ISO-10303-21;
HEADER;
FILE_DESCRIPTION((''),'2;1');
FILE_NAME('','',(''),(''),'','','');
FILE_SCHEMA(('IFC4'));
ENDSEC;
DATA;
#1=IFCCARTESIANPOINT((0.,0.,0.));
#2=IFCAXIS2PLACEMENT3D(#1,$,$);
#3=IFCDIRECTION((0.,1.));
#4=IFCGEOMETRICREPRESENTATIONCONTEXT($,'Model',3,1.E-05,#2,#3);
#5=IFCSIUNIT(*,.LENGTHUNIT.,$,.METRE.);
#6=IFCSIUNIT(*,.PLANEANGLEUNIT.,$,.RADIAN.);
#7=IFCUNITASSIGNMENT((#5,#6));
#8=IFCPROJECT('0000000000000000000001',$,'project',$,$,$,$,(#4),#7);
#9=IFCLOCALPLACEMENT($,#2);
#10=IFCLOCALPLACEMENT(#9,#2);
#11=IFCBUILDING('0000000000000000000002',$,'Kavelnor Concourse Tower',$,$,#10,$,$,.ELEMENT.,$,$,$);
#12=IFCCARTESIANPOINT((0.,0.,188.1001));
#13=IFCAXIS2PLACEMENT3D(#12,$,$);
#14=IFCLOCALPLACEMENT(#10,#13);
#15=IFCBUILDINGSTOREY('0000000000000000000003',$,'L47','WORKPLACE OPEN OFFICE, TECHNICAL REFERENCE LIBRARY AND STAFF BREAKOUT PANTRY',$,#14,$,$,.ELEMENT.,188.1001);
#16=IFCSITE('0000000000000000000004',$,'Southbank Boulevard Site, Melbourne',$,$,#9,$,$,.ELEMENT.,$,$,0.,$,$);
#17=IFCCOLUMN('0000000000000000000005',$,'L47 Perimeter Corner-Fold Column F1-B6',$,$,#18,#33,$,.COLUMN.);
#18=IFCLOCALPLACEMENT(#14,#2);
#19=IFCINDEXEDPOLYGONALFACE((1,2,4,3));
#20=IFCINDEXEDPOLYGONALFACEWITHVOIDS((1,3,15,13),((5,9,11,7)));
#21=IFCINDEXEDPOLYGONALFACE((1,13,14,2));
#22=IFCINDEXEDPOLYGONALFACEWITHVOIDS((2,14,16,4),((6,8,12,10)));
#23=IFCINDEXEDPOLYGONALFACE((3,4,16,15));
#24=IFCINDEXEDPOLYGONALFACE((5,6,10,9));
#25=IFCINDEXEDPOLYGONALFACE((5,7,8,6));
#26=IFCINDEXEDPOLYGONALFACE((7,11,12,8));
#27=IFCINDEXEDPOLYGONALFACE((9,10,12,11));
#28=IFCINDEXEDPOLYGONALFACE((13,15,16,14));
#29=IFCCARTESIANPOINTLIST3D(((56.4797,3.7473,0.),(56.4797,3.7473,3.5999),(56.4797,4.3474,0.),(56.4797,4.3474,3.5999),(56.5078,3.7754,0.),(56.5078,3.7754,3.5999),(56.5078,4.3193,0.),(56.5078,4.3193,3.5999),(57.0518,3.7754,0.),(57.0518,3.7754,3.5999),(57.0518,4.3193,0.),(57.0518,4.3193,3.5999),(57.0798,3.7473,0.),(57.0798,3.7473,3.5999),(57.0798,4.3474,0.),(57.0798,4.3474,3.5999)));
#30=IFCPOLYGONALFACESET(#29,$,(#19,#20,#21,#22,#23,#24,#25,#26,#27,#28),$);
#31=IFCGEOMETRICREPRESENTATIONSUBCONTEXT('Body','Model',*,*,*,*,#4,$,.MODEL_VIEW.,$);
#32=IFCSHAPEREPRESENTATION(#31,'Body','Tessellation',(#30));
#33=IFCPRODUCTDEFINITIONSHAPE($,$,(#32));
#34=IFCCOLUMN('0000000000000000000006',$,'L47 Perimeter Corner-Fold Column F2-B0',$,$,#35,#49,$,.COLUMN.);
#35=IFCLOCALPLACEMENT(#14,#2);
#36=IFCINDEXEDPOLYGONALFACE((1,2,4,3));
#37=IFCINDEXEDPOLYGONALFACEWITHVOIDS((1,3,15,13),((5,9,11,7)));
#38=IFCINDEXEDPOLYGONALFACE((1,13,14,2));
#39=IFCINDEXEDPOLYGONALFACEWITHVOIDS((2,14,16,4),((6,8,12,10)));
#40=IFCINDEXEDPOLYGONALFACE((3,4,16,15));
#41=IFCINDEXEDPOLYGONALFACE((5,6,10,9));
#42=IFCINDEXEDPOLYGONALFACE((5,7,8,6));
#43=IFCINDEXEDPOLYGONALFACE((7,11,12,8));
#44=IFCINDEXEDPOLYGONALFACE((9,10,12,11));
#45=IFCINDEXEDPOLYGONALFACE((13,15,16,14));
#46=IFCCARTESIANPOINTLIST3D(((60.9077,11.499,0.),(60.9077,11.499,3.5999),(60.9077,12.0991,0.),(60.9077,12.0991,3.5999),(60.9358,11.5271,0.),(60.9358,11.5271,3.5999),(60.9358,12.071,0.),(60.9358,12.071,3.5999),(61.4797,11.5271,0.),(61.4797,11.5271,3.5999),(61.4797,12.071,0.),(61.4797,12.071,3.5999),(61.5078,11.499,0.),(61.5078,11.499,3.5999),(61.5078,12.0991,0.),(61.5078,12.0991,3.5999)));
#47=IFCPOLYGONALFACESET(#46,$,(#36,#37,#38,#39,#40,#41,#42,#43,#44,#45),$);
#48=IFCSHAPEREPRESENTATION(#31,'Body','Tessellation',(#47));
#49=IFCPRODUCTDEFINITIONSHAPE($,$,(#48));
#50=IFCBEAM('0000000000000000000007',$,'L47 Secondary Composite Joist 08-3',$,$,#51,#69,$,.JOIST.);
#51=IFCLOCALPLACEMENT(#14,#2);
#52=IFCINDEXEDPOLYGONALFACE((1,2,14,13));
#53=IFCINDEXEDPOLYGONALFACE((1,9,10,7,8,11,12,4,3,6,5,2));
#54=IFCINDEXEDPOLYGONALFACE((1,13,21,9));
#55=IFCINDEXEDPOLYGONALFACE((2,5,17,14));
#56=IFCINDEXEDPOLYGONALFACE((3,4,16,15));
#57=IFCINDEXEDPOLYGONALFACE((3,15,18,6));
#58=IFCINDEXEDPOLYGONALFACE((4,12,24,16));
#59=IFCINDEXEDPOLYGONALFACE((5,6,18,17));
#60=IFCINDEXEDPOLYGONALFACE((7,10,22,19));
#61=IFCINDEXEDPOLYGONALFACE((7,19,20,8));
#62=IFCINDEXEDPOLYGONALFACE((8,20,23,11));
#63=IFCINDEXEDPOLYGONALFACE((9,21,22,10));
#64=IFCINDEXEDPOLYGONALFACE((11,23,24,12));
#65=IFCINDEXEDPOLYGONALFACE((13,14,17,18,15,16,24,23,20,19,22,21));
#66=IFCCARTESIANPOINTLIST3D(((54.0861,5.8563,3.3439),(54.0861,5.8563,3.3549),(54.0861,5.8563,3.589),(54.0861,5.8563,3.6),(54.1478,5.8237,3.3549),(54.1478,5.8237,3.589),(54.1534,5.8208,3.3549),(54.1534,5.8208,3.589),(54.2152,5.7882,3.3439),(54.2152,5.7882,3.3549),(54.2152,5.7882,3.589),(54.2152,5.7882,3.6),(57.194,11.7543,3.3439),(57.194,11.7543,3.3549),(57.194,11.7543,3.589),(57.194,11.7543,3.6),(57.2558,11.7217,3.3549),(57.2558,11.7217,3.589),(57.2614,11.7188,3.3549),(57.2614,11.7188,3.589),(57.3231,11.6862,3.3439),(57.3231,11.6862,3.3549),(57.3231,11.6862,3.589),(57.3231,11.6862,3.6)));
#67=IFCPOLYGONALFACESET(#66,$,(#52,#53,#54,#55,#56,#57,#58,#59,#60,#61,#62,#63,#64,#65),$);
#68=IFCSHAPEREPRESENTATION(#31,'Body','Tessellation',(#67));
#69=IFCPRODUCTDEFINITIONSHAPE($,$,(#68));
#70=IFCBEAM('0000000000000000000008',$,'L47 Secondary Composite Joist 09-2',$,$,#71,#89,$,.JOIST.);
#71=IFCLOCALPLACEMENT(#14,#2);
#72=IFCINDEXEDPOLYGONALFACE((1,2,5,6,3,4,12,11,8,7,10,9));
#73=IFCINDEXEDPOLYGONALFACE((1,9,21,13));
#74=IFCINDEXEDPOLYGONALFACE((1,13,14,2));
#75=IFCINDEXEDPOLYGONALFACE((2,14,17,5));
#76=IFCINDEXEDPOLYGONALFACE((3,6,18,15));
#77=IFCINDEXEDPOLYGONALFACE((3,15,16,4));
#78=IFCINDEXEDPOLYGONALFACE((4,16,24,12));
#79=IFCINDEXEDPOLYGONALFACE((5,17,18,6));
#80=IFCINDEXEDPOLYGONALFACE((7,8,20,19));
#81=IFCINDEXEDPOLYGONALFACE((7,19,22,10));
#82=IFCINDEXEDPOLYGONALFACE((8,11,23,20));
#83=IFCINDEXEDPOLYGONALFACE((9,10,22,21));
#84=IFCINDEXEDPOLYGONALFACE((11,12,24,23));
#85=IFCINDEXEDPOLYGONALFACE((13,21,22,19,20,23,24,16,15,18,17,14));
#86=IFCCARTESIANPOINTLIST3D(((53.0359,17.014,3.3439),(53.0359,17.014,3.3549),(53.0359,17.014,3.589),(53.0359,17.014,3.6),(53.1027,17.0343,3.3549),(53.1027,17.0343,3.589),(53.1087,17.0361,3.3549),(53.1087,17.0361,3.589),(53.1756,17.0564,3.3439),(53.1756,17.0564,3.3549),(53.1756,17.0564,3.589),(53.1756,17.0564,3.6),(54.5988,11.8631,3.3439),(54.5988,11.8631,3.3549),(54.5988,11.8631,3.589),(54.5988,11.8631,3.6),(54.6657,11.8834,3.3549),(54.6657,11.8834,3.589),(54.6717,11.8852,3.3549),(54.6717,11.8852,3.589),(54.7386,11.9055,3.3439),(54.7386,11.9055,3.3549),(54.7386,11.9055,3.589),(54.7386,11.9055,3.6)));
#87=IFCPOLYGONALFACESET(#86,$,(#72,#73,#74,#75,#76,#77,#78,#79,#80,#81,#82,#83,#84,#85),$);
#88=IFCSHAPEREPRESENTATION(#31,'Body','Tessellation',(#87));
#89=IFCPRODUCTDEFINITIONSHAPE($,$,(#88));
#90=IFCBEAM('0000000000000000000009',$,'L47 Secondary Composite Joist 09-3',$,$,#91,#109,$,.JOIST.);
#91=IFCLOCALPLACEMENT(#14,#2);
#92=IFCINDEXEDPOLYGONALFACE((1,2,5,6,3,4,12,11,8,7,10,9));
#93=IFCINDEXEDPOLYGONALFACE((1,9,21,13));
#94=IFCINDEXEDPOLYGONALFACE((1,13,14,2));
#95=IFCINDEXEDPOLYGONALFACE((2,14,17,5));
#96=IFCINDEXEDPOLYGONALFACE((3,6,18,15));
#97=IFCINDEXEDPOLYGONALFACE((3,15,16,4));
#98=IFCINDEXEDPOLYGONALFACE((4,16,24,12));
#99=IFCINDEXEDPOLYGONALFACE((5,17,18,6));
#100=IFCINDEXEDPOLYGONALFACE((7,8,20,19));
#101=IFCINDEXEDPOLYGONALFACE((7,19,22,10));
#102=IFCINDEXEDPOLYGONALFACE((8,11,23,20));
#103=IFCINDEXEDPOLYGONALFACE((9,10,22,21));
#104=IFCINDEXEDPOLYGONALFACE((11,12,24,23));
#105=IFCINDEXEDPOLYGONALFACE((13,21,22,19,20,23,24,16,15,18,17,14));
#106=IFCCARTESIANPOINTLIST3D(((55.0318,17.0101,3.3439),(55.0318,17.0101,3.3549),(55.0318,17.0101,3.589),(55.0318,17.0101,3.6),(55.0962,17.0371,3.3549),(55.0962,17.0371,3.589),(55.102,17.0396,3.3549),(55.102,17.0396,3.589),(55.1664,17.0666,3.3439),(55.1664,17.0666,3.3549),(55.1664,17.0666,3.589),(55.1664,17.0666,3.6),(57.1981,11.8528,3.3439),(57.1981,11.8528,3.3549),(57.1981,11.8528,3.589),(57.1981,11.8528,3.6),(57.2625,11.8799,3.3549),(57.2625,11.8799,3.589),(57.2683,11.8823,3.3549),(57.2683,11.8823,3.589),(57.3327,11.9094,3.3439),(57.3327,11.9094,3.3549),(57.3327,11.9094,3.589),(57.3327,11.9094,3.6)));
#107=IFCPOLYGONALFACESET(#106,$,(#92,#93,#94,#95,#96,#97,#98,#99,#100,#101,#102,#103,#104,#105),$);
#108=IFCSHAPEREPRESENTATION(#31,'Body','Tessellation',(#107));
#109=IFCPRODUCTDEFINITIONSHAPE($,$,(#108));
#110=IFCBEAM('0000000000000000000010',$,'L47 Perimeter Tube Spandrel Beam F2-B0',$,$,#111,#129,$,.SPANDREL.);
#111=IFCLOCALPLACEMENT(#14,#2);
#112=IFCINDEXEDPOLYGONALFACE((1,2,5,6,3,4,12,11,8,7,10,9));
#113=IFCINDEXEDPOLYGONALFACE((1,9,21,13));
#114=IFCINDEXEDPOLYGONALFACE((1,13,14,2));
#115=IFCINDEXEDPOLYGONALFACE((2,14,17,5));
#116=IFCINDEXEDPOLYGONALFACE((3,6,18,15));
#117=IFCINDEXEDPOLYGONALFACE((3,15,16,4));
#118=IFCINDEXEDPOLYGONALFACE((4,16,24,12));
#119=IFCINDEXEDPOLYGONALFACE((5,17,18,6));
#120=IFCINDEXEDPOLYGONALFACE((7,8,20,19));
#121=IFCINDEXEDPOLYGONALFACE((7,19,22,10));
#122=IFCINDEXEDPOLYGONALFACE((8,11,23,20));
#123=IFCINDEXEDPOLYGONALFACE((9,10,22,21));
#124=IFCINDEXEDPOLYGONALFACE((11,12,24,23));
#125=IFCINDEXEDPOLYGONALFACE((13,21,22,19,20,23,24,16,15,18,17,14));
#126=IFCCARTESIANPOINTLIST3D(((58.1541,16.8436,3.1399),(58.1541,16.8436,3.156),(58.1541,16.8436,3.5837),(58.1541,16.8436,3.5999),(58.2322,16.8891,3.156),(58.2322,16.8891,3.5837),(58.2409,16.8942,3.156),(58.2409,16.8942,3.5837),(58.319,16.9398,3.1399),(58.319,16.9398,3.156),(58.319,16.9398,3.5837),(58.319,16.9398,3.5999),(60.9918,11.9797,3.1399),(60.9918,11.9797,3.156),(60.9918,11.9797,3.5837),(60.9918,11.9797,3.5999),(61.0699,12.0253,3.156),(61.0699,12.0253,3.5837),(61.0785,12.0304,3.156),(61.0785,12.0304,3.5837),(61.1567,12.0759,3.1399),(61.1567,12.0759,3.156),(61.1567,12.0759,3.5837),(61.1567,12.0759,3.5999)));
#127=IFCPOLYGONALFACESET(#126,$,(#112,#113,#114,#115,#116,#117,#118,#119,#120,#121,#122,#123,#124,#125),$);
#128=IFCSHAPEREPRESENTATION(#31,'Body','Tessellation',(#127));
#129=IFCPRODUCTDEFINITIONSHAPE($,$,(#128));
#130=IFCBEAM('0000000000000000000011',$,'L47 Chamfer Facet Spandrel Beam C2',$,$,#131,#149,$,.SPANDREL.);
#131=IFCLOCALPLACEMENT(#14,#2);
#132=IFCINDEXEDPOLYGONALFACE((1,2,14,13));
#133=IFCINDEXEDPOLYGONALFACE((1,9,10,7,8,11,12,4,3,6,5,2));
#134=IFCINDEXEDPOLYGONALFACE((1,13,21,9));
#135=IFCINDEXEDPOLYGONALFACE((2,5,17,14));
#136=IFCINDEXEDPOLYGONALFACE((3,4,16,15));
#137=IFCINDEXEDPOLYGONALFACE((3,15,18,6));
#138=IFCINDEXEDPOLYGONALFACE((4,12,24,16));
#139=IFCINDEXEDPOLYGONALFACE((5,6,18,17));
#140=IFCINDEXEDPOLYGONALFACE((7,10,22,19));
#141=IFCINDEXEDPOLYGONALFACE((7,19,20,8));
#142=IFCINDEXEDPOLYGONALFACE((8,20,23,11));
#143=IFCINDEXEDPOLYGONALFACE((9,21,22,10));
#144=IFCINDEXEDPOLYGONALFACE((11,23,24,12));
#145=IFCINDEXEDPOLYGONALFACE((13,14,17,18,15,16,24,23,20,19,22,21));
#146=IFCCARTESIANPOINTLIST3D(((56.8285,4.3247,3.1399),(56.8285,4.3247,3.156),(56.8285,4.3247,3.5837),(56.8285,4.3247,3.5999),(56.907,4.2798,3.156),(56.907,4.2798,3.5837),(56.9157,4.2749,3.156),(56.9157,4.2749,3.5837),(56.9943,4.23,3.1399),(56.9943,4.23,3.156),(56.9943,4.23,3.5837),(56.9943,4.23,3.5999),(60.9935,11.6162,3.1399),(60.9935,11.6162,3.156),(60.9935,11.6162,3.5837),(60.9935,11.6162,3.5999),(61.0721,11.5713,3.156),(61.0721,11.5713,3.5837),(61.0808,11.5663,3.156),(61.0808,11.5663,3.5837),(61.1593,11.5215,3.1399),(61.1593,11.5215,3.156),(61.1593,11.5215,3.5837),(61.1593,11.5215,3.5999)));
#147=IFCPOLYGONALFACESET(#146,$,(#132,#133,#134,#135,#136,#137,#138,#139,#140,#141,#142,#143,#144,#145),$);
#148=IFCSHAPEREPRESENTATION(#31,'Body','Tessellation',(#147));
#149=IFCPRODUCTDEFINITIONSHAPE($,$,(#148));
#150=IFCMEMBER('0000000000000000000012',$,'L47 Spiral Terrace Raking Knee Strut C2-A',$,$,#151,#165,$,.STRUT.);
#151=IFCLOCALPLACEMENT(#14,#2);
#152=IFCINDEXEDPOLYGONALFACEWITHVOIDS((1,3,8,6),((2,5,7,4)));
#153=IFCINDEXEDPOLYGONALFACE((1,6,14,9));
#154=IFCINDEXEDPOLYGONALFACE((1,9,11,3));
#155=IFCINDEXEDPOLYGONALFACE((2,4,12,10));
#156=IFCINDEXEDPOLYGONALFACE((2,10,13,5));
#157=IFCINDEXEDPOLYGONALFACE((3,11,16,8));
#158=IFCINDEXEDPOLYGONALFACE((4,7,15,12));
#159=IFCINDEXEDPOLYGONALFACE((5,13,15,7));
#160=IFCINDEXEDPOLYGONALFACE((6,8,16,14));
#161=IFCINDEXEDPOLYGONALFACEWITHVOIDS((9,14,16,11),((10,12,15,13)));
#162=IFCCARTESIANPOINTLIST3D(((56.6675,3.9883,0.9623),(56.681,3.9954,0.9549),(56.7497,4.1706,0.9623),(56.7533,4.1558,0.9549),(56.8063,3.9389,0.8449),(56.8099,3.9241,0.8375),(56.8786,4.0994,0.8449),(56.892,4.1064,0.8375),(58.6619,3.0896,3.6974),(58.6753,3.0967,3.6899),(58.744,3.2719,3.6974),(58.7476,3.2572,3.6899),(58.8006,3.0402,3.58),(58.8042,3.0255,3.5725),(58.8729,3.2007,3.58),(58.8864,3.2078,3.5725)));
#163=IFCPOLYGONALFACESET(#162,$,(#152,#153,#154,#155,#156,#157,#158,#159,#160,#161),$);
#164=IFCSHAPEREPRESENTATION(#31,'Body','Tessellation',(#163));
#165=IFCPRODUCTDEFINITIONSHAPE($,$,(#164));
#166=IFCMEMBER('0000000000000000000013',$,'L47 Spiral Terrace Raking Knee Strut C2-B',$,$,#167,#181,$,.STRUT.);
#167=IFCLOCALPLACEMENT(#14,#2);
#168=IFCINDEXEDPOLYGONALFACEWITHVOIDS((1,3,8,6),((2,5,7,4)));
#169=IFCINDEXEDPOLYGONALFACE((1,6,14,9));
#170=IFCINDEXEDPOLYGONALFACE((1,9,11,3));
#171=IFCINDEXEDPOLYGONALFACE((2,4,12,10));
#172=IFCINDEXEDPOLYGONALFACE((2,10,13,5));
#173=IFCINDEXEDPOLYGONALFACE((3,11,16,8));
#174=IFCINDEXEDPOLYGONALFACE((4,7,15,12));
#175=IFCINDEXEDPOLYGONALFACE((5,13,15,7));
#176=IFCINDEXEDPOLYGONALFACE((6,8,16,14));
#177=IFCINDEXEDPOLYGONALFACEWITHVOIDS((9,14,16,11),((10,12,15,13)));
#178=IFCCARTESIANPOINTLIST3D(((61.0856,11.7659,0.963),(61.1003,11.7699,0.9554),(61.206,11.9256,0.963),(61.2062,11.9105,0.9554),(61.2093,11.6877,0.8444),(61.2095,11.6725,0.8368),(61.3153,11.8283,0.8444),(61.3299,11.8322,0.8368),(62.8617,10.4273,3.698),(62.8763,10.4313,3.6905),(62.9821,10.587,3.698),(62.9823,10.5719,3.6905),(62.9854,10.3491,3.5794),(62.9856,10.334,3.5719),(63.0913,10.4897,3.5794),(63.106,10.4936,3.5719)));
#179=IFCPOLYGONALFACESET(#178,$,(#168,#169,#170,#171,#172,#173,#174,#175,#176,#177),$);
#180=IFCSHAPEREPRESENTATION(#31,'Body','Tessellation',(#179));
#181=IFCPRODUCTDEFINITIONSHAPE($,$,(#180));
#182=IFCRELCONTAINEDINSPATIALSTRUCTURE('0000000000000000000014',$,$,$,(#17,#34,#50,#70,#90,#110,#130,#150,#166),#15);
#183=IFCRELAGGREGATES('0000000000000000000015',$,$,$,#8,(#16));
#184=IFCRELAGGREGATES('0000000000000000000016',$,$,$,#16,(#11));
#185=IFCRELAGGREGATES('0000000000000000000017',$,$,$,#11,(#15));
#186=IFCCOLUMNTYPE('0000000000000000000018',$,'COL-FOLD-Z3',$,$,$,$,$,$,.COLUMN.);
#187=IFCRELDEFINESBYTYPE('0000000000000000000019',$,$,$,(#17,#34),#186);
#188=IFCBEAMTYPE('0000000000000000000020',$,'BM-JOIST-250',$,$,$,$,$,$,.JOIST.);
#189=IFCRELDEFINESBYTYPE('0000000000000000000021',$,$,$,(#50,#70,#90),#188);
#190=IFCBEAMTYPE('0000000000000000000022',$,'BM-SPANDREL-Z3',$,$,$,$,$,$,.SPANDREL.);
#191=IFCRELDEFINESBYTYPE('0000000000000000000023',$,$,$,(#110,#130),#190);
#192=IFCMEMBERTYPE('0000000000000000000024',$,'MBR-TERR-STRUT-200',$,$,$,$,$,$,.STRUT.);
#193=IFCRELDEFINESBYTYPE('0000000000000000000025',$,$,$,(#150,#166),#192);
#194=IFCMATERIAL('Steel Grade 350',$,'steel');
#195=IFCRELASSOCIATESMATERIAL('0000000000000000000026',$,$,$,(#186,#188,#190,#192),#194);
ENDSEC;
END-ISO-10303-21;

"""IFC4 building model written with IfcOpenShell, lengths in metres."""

from ifc_helpers import new_model, si_unit, direction, frame, origin, origin_2d, place, context, subcontext, project, spatial, hollow_rectangle, i_section, extrude, material, material_profile, profile_set, type_object, element, save


model = new_model("IFC4")

# Units and contexts
model_context = context("Model", 3, precision=1e-05, world=origin(), true_north=direction((0.0, 1.0)))
body_context = subcontext(model_context, "Body", "Model", "MODEL_VIEW")
ifc_project = project(units=[si_unit("LENGTHUNIT", "METRE"), si_unit("PLANEANGLEUNIT", "RADIAN")], contexts=[model_context])

# Site, building, storey
site_placement = place(None, origin())
site = spatial("IfcSite", under=ifc_project, at=site_placement, Name="Southbank Boulevard Site, Melbourne", CompositionType="ELEMENT", RefElevation=0.0)
building_placement = place(site_placement, origin())
building = spatial("IfcBuilding", under=site, at=building_placement, Name="Kavelnor Concourse Tower", CompositionType="ELEMENT")
storey_placement = place(building_placement, frame((0.0, 0.0, 188.1001)))
storey = spatial("IfcBuildingStorey", under=building, at=storey_placement, Name="L47", Description="WORKPLACE OPEN OFFICE, TECHNICAL REFERENCE LIBRARY AND STAFF BREAKOUT PANTRY", CompositionType="ELEMENT", Elevation=188.1001)

# Columns
ifc_material_1 = material(Name="Steel Grade 350", Category="steel")
ifc_material_profile_1 = material_profile(ifc_material_1, hollow_rectangle(XDim=0.6001, YDim=0.6001, WallThickness=0.0281, at=origin_2d()), Name="SHS 600x600x28")
ifc_profile_set_1 = profile_set([ifc_material_profile_1], Name="Steel Grade 350")
column_type = type_object("IfcColumnType", Name="COL-FOLD-Z3", PredefinedType="COLUMN", material=ifc_profile_set_1)
for number, where, z_axis, x_axis, name in (
    (1, (56.7798, 4.0474, 0.0), (0.0, 0.0, 1.0), (1.0, 0.0, 0.0), "L47 Perimeter Corner-Fold Column F1-B6"),
    (2, (61.2078, 11.7991, 0.0), (0.0, 0.0, 1.0), (1.0, 0.0, 0.0), "L47 Perimeter Corner-Fold Column F2-B0"),
):
    element("IfcColumn", number, at=place(storey_placement, frame(where, z_axis=z_axis, x_axis=x_axis)), inside=storey, type_object=column_type, Name=name, PredefinedType="COLUMN", context=body_context, shape_type="SweptSolid", body=[
        extrude(hollow_rectangle(XDim=0.6001, YDim=0.6001, WallThickness=0.0281, at=origin_2d()), origin(), (0.0, 0.0, 1.0), 3.5999),
    ])

# Beams
ifc_material_profile_2 = material_profile(ifc_material_1, i_section(OverallWidth=0.146, OverallDepth=0.2561, WebThickness=0.0063, FlangeThickness=0.011, at=origin_2d()), Name="250UB37")
ifc_profile_set_2 = profile_set([ifc_material_profile_2], Name="Steel Grade 350")
beam_type_1 = type_object("IfcBeamType", Name="BM-JOIST-250", PredefinedType="JOIST", material=ifc_profile_set_2)
beam_1_placement = place(storey_placement, frame((54.1506, 5.8223, 3.4719), z_axis=(0.466184, 0.884688, 0.0), x_axis=(-0.884688, 0.466184, 0.0)))
element("IfcBeam", 3, at=beam_1_placement, inside=storey, type_object=beam_type_1, Name="L47 Secondary Composite Joist 08-3", PredefinedType="JOIST", context=body_context, shape_type="SweptSolid", body=[
    extrude(i_section(OverallWidth=0.146, OverallDepth=0.2561, WebThickness=0.0063, FlangeThickness=0.011, at=origin_2d()), origin(), (0.0, 0.0, 1.0), 6.6667),
])
beam_2_placement = place(storey_placement, frame((54.6687, 11.8843, 3.4719), z_axis=(-0.290367, 0.956915, 0.0), x_axis=(-0.956915, -0.290367, 0.0)))
element("IfcBeam", 4, at=beam_2_placement, inside=storey, type_object=beam_type_1, Name="L47 Secondary Composite Joist 09-2", PredefinedType="JOIST", context=body_context, shape_type="SweptSolid", body=[
    extrude(i_section(OverallWidth=0.146, OverallDepth=0.2561, WebThickness=0.0063, FlangeThickness=0.011, at=origin_2d()), origin(), (0.0, 0.0, 1.0), 5.3828),
])
beam_3_placement = place(storey_placement, frame((57.2654, 11.8811, 3.4719), z_axis=(-0.387267, 0.921968, 0.0), x_axis=(-0.921968, -0.387267, 0.0)))
element("IfcBeam", 5, at=beam_3_placement, inside=storey, type_object=beam_type_1, Name="L47 Secondary Composite Joist 09-3", PredefinedType="JOIST", context=body_context, shape_type="SweptSolid", body=[
    extrude(i_section(OverallWidth=0.146, OverallDepth=0.2561, WebThickness=0.0063, FlangeThickness=0.011, at=origin_2d()), origin(), (0.0, 0.0, 1.0), 5.5938),
])
ifc_material_profile_3 = material_profile(ifc_material_1, i_section(OverallWidth=0.1909, OverallDepth=0.46, WebThickness=0.01, FlangeThickness=0.0161, at=origin_2d()), Name="460UB82")
ifc_profile_set_3 = profile_set([ifc_material_profile_3], Name="Steel Grade 350")
beam_type_2 = type_object("IfcBeamType", Name="BM-SPANDREL-Z3", PredefinedType="SPANDREL", material=ifc_profile_set_3)
beam_4_placement = place(storey_placement, frame((61.0742, 12.0278, 3.3699), z_axis=(-0.50393, 0.863744, 0.0), x_axis=(-0.863744, -0.50393, 0.0)))
element("IfcBeam", 6, at=beam_4_placement, inside=storey, type_object=beam_type_2, Name="L47 Perimeter Tube Spandrel Beam F2-B0", PredefinedType="SPANDREL", context=body_context, shape_type="SweptSolid", body=[
    extrude(i_section(OverallWidth=0.1909, OverallDepth=0.46, WebThickness=0.01, FlangeThickness=0.0161, at=origin_2d()), origin(), (0.0, 0.0, 1.0), 5.6311),
])
beam_5_placement = place(storey_placement, frame((56.9114, 4.2773, 3.3699), z_axis=(0.496001, 0.868322, 0.0), x_axis=(-0.868322, 0.496001, 0.0)))
element("IfcBeam", 7, at=beam_5_placement, inside=storey, type_object=beam_type_2, Name="L47 Chamfer Facet Spandrel Beam C2", PredefinedType="SPANDREL", context=body_context, shape_type="SweptSolid", body=[
    extrude(i_section(OverallWidth=0.1909, OverallDepth=0.46, WebThickness=0.01, FlangeThickness=0.0161, at=origin_2d()), origin(), (0.0, 0.0, 1.0), 8.3972),
])

# Members
ifc_material_profile_4 = material_profile(ifc_material_1, hollow_rectangle(XDim=0.2, YDim=0.2, WallThickness=0.012, at=origin_2d()), Name="SHS 200x200x12")
ifc_profile_set_4 = profile_set([ifc_material_profile_4], Name="Steel Grade 350")
member_type = type_object("IfcMemberType", Name="MBR-TERR-STRUT-200", PredefinedType="STRUT", material=ifc_profile_set_4)
member_1_placement = place(storey_placement, frame((56.7798, 4.0474, 0.8999), z_axis=(0.569452, -0.256599, 0.780949), x_axis=(0.410824, 0.911715, 0.0)))
element("IfcMember", 8, at=member_1_placement, inside=storey, type_object=member_type, Name="L47 Spiral Terrace Raking Knee Strut C2-A", PredefinedType="STRUT", context=body_context, shape_type="SweptSolid", body=[
    extrude(hollow_rectangle(XDim=0.2, YDim=0.2, WallThickness=0.012, at=origin_2d()), origin(), (0.0, 0.0, 1.0), 3.5022),
])
member_2_placement = place(storey_placement, frame((61.2078, 11.7991, 0.8999), z_axis=(0.50383, -0.379725, 0.775864), x_axis=(0.601878, 0.798588, 0.0)))
element("IfcMember", 9, at=member_2_placement, inside=storey, type_object=member_type, Name="L47 Spiral Terrace Raking Knee Strut C2-B", PredefinedType="STRUT", context=body_context, shape_type="SweptSolid", body=[
    extrude(hollow_rectangle(XDim=0.2, YDim=0.2, WallThickness=0.012, at=origin_2d()), origin(), (0.0, 0.0, 1.0), 3.5251),
])

save(model, "model.ifc")
